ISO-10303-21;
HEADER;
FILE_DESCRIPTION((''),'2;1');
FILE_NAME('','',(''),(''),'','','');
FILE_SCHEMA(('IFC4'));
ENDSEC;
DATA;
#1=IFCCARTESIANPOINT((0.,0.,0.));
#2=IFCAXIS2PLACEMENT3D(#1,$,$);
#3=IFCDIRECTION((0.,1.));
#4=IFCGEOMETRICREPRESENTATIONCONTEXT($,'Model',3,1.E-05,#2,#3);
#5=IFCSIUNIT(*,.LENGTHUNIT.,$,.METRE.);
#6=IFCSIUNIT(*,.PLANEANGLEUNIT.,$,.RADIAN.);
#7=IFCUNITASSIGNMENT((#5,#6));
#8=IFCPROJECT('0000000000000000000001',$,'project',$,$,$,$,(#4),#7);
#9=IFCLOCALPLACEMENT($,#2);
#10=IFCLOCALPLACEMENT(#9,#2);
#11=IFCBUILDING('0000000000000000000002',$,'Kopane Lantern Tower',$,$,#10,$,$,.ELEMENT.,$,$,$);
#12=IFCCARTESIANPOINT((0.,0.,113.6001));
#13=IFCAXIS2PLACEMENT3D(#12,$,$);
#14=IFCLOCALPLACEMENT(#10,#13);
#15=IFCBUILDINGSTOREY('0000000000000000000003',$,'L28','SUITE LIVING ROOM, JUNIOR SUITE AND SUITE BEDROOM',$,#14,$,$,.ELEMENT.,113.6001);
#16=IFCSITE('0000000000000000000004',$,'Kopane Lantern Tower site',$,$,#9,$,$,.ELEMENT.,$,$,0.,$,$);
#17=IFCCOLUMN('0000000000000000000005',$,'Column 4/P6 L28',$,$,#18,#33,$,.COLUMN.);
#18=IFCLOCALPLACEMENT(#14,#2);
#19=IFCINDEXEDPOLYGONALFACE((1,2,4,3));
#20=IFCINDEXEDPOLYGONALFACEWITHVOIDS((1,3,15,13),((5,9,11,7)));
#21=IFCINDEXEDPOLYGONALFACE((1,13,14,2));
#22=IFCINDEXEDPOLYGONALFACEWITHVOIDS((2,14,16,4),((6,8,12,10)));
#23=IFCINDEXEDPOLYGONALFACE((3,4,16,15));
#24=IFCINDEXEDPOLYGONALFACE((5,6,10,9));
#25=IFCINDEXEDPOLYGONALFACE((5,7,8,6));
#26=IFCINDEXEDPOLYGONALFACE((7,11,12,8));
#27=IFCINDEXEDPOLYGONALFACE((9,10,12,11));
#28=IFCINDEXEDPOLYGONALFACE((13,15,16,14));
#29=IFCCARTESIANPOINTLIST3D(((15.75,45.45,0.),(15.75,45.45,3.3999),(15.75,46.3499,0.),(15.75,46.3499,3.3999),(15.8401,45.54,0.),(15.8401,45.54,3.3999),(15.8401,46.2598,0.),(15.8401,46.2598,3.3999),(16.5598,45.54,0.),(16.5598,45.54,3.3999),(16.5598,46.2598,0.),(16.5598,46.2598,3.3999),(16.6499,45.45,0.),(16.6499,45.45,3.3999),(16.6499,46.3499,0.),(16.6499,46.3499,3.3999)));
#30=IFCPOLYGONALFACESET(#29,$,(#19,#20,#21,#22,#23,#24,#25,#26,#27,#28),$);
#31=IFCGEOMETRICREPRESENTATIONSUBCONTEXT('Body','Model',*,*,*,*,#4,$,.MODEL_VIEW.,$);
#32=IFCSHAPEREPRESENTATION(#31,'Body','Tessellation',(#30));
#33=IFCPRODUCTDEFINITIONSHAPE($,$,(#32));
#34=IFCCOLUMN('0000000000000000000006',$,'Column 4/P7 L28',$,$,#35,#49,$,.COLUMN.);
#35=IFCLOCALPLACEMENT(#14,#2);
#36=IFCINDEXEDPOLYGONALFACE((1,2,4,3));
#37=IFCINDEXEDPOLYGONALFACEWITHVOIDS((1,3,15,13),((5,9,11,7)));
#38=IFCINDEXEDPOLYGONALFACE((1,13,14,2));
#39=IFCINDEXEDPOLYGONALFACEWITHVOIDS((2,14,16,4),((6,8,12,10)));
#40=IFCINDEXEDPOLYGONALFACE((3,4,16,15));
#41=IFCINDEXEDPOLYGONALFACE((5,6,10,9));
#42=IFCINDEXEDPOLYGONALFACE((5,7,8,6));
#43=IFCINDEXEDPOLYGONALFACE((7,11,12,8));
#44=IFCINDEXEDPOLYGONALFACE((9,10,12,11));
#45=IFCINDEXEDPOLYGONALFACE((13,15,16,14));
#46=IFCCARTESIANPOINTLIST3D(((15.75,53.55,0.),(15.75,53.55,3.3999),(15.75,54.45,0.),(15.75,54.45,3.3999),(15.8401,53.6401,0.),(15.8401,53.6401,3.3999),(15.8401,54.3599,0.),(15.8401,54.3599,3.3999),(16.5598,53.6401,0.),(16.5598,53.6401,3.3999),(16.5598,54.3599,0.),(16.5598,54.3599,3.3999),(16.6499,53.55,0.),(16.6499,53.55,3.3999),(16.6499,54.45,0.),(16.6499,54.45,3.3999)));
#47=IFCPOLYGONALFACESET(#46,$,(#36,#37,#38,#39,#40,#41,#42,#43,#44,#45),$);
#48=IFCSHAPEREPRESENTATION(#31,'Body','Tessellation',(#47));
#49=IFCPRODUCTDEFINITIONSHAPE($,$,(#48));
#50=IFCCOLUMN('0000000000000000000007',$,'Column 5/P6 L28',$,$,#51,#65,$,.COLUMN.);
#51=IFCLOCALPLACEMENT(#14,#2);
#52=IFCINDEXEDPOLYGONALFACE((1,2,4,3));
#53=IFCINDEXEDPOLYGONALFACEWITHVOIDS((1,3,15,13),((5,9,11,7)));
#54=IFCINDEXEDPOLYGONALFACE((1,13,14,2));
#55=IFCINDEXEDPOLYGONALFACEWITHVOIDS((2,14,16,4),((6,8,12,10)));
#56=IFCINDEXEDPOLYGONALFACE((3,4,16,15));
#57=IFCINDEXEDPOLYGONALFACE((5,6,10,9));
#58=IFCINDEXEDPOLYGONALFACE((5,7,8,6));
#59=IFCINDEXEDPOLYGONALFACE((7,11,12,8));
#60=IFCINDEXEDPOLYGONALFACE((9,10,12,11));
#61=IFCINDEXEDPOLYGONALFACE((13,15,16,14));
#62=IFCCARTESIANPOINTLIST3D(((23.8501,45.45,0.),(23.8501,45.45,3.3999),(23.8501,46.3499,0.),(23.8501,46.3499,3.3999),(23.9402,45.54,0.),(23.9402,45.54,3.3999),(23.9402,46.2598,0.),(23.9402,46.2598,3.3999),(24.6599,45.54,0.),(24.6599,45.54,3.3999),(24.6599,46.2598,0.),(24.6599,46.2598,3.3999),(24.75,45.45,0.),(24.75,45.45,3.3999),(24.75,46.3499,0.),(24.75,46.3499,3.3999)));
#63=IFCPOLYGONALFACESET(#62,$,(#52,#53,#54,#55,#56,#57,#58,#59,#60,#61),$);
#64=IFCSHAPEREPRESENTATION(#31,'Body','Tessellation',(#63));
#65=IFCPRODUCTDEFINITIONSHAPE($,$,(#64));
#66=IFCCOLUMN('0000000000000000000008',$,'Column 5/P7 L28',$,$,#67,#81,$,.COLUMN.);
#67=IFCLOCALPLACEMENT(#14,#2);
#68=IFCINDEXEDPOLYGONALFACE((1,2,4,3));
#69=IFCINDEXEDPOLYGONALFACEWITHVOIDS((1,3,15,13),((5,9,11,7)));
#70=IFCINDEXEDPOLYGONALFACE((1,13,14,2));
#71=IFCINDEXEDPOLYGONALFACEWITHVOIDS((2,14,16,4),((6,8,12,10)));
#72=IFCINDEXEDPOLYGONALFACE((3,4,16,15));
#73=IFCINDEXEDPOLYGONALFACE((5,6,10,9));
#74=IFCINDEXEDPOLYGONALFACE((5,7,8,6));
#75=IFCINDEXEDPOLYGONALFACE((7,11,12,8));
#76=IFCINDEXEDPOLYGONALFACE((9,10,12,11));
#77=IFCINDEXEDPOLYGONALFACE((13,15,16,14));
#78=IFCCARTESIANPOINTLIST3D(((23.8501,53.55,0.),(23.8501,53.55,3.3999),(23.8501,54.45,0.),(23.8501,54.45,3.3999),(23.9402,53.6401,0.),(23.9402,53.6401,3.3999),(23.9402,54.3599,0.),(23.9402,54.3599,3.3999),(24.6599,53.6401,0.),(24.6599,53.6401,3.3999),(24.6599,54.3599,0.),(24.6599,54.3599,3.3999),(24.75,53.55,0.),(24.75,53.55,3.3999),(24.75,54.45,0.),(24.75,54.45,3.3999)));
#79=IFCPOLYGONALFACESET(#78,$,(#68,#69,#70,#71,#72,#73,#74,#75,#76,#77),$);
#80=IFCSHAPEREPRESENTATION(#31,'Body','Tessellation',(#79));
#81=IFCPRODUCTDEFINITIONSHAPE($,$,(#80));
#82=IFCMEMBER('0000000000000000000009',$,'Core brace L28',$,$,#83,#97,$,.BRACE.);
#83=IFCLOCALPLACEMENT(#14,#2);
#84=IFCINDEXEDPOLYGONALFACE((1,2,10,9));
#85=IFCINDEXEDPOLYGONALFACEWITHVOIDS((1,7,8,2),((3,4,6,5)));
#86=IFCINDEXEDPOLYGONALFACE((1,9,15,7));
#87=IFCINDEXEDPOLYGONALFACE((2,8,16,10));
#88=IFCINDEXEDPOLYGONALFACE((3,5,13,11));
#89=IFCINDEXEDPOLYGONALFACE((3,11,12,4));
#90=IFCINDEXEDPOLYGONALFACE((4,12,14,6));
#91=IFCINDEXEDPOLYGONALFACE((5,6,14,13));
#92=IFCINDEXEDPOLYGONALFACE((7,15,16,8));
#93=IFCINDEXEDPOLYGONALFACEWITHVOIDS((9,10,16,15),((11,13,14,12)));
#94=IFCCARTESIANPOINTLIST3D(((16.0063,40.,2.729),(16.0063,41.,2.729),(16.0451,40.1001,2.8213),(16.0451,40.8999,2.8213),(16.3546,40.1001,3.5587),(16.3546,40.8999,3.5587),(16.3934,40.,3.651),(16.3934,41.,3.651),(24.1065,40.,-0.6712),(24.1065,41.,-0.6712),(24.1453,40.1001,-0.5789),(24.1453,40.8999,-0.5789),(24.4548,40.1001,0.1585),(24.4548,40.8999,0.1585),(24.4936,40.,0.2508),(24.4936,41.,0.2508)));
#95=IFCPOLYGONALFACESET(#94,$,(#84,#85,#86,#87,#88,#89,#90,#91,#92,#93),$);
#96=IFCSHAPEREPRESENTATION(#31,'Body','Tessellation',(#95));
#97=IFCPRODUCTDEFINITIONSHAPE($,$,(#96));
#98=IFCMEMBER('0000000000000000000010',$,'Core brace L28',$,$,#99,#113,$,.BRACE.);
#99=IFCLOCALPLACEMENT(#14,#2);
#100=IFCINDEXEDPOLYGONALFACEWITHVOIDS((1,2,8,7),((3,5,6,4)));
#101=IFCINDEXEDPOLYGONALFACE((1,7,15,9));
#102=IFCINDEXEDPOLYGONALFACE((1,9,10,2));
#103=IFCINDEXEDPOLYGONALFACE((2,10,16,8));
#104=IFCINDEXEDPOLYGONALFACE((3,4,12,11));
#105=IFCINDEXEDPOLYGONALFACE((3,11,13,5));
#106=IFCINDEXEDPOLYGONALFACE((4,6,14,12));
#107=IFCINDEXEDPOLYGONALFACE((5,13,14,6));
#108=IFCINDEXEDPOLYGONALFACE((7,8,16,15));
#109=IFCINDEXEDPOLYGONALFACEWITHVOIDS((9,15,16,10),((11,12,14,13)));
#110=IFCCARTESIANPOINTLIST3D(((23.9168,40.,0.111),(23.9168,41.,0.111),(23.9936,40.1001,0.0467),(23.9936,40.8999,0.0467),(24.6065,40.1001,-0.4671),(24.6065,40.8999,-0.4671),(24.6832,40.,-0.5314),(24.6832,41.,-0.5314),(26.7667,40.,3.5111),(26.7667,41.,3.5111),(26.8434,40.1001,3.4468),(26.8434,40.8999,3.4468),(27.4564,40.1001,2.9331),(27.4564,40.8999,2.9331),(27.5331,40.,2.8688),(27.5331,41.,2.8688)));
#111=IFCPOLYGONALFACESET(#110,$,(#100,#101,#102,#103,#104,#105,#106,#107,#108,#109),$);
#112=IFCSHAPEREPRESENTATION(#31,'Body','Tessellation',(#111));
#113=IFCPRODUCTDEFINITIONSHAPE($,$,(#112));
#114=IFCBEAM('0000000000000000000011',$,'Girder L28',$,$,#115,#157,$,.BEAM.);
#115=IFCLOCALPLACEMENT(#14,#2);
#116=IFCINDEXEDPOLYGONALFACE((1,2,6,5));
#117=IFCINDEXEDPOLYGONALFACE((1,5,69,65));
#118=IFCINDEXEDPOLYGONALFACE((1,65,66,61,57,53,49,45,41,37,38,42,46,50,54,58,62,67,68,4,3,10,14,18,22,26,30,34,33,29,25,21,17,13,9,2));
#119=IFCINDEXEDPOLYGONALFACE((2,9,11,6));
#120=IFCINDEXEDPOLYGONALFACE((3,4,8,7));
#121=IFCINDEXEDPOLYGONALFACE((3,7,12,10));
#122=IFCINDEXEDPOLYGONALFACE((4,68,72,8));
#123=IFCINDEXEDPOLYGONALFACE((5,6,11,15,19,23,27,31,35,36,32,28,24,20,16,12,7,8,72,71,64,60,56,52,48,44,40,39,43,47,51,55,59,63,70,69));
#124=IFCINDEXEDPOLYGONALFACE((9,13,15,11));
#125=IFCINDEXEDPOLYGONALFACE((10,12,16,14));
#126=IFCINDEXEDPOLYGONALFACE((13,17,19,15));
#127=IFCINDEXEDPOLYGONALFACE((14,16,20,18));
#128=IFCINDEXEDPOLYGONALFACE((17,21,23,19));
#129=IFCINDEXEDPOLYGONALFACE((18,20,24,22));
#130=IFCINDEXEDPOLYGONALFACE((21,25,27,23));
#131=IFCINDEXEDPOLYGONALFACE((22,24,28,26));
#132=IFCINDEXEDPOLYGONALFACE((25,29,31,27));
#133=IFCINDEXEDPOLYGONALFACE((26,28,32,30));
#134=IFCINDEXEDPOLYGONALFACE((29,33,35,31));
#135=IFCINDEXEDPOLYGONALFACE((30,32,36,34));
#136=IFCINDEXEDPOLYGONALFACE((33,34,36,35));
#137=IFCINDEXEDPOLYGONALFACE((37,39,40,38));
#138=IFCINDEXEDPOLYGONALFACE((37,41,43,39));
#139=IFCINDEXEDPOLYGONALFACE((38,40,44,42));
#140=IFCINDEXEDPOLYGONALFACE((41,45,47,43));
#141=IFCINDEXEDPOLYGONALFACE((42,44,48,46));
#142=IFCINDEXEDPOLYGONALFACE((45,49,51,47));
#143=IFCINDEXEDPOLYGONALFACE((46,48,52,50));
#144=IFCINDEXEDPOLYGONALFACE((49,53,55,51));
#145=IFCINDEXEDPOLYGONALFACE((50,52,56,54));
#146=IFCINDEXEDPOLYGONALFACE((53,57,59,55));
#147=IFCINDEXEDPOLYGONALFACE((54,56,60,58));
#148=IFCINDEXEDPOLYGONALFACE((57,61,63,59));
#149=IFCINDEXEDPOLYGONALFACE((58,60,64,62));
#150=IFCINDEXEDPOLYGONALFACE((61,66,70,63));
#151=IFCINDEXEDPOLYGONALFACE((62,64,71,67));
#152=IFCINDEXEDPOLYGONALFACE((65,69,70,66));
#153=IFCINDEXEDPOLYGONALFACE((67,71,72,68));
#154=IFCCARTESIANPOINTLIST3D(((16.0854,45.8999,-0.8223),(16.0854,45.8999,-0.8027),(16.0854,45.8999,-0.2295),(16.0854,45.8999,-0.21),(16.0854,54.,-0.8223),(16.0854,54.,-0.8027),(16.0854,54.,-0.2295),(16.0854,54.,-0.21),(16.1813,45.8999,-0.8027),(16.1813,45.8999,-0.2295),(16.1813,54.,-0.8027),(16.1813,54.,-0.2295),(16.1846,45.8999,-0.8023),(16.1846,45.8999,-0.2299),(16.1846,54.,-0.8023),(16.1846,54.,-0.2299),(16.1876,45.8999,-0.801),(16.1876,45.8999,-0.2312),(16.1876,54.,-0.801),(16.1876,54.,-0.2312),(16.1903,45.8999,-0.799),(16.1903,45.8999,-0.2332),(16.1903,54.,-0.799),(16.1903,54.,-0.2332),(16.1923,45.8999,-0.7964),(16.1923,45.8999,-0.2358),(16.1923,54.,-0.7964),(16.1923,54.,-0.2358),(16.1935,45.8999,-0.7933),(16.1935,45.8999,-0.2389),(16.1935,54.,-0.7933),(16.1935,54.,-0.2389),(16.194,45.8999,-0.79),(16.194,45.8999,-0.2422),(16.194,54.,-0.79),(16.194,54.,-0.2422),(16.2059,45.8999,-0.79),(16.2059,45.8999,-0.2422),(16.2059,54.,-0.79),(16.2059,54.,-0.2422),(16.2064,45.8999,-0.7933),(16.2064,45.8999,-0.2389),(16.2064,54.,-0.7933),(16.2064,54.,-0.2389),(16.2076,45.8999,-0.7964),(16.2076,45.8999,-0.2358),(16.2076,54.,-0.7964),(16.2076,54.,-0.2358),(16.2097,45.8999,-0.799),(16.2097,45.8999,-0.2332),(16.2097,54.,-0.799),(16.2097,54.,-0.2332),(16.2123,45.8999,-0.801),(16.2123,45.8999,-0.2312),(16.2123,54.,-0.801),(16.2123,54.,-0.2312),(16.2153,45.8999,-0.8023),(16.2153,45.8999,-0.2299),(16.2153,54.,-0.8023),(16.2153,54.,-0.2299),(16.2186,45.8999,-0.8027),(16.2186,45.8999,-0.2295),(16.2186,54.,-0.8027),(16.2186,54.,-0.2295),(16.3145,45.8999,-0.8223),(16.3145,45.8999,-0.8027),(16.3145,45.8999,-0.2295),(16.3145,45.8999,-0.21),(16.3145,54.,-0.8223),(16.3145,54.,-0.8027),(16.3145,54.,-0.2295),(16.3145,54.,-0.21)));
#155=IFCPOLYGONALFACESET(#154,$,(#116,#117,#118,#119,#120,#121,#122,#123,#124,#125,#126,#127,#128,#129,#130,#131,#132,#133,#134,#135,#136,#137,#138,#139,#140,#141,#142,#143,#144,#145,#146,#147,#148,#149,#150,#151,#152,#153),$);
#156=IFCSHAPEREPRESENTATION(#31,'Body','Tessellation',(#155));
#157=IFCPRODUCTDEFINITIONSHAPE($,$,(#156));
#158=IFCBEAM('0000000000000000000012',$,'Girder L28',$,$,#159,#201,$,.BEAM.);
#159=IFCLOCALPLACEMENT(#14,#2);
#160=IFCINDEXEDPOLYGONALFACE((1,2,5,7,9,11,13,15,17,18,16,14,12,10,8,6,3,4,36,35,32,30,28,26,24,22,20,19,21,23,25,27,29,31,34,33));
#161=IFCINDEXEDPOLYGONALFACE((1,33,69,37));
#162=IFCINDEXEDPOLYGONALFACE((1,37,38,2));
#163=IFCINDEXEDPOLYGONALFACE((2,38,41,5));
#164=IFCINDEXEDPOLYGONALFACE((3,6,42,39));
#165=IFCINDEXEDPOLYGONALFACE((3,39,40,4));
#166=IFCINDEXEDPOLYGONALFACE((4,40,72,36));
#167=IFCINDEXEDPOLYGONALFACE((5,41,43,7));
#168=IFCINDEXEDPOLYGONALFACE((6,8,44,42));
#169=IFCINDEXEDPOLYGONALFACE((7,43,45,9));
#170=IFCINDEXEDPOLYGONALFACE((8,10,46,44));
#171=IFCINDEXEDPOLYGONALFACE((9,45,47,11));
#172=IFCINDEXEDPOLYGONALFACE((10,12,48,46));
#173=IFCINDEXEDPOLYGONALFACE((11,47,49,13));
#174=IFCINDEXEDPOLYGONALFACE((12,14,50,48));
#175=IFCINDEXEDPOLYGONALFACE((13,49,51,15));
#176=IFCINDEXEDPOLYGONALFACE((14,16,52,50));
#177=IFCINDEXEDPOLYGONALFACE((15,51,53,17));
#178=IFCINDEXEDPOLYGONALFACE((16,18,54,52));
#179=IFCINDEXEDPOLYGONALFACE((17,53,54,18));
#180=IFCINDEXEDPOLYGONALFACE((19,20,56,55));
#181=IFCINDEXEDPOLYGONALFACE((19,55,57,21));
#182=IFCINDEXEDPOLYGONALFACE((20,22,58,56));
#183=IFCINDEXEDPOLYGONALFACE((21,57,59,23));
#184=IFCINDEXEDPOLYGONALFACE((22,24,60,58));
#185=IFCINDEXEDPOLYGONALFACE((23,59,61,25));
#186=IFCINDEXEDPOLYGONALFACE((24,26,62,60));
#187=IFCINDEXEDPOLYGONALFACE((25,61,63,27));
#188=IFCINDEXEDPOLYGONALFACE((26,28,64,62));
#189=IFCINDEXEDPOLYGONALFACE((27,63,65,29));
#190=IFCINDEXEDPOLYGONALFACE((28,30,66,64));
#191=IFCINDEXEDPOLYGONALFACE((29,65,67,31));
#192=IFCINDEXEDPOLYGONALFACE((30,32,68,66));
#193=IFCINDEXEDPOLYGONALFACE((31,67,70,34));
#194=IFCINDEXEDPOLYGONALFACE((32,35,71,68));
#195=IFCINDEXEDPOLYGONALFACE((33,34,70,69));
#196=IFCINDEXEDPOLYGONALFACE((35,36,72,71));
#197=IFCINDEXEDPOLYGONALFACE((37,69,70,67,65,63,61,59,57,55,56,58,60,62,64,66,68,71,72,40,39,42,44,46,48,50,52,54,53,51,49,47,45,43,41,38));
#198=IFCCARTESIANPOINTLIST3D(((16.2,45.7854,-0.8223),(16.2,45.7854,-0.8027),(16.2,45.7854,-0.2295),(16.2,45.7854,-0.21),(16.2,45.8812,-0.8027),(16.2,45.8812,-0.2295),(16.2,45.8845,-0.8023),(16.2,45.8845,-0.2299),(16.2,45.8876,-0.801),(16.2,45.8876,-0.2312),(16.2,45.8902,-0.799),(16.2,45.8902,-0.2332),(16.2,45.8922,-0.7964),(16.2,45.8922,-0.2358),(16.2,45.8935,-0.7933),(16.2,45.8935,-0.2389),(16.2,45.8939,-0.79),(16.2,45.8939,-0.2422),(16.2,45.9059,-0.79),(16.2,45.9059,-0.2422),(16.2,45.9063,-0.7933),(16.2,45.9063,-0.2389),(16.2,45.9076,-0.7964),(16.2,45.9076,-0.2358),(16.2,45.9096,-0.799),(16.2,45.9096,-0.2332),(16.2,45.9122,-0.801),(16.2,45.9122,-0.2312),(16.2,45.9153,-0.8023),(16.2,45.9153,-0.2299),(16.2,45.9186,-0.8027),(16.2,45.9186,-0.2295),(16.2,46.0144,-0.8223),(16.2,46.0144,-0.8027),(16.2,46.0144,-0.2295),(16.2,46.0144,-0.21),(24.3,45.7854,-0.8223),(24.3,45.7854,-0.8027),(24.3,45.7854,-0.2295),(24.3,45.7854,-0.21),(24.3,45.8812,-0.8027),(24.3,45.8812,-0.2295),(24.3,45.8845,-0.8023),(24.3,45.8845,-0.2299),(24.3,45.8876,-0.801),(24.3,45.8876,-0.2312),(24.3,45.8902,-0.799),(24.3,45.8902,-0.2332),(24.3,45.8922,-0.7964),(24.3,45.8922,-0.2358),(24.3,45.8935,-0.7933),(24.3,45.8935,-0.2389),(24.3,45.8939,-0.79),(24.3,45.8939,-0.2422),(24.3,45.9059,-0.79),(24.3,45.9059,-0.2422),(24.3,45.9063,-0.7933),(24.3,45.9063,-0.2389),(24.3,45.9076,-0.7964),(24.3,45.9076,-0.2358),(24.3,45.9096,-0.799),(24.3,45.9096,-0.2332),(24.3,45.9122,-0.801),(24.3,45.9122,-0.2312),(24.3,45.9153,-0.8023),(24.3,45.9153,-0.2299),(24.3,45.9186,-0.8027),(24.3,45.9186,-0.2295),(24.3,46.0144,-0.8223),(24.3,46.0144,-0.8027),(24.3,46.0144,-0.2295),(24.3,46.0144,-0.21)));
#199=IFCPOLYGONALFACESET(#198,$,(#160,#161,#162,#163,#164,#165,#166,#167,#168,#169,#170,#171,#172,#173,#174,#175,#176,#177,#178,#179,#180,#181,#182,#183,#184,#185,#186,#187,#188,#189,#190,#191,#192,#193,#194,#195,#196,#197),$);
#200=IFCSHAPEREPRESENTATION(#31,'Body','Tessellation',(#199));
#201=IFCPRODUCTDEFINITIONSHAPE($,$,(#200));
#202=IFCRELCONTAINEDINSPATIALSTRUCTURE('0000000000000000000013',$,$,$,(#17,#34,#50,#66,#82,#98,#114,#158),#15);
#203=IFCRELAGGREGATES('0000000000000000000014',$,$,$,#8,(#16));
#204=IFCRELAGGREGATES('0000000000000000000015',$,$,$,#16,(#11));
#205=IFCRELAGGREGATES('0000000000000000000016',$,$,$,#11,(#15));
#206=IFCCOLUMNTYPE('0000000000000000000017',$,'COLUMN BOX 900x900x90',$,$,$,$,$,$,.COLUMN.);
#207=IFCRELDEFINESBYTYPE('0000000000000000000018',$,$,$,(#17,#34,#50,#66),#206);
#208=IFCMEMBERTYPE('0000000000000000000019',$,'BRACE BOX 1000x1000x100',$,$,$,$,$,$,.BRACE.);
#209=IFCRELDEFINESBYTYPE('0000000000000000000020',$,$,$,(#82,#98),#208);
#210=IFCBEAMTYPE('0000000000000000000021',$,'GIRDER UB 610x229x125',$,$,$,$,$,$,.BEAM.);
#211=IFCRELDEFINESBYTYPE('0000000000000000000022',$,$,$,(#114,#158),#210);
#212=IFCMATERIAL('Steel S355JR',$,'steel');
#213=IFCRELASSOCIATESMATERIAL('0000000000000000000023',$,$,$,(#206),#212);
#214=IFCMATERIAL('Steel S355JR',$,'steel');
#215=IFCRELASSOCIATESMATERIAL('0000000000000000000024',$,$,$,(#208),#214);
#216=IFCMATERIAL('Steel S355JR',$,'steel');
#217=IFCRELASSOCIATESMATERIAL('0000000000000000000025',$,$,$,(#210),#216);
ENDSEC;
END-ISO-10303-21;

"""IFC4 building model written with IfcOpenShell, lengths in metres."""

from ifc_helpers import new_model, si_unit, direction, frame, origin, origin_2d, place, context, subcontext, project, spatial, hollow_rectangle, i_section, extrude, material, material_profile, profile_set, type_object, element, save


model = new_model("IFC4")

# Units and contexts
model_context = context("Model", 3, precision=1e-05, world=origin(), true_north=direction((0.0, 1.0)))
body_context = subcontext(model_context, "Body", "Model", "MODEL_VIEW")
ifc_project = project(units=[si_unit("LENGTHUNIT", "METRE"), si_unit("PLANEANGLEUNIT", "RADIAN")], contexts=[model_context])

# Site, building, storey
site_placement = place(None, origin())
site = spatial("IfcSite", under=ifc_project, at=site_placement, Name="Kopane Lantern Tower site", CompositionType="ELEMENT", RefElevation=0.0)
building_placement = place(site_placement, origin())
building = spatial("IfcBuilding", under=site, at=building_placement, Name="Kopane Lantern Tower", CompositionType="ELEMENT")
storey_placement = place(building_placement, frame((0.0, 0.0, 113.6001)))
storey = spatial("IfcBuildingStorey", under=building, at=storey_placement, Name="L28", Description="SUITE LIVING ROOM, JUNIOR SUITE AND SUITE BEDROOM", CompositionType="ELEMENT", Elevation=113.6001)

# Columns
ifc_material_1 = material(Name="Steel S355JR", Category="steel")
ifc_material_profile_1 = material_profile(ifc_material_1, hollow_rectangle(XDim=0.8999, YDim=0.8999, WallThickness=0.0901, at=origin_2d()), Name="BOX 900x900x90")
ifc_profile_set_1 = profile_set([ifc_material_profile_1], Name="Steel S355JR")
column_type = type_object("IfcColumnType", Name="COLUMN BOX 900x900x90", PredefinedType="COLUMN", material=ifc_profile_set_1)
for number, where, z_axis, x_axis, name in (
    (1, (16.2, 45.8999, 0.0), (0.0, 0.0, 1.0), (1.0, 0.0, 0.0), "Column 4/P6 L28"),
    (2, (16.2, 54.0, 0.0), (0.0, 0.0, 1.0), (1.0, 0.0, 0.0), "Column 4/P7 L28"),
    (3, (24.3, 45.8999, 0.0), (0.0, 0.0, 1.0), (1.0, 0.0, 0.0), "Column 5/P6 L28"),
    (4, (24.3, 54.0, 0.0), (0.0, 0.0, 1.0), (1.0, 0.0, 0.0), "Column 5/P7 L28"),
):
    element("IfcColumn", number, at=place(storey_placement, frame(where, z_axis=z_axis, x_axis=x_axis)), inside=storey, type_object=column_type, Name=name, PredefinedType="COLUMN", context=body_context, shape_type="SweptSolid", body=[
        extrude(hollow_rectangle(XDim=0.8999, YDim=0.8999, WallThickness=0.0901, at=origin_2d()), origin(), (0.0, 0.0, 1.0), 3.3999),
    ])

# Members
ifc_material_2 = material(Name="Steel S355JR", Category="steel")
ifc_material_profile_2 = material_profile(ifc_material_2, hollow_rectangle(XDim=1.0, YDim=1.0, WallThickness=0.1001, at=origin_2d()), Name="BOX 1000x1000x100")
ifc_profile_set_2 = profile_set([ifc_material_profile_2], Name="Steel S355JR")
member_type = type_object("IfcMemberType", Name="BRACE BOX 1000x1000x100", PredefinedType="BRACE", material=ifc_profile_set_2)
member_1_placement = place(storey_placement, frame((24.3, 40.5, -0.2102), z_axis=(-0.922059, 0.0, 0.387049), x_axis=(0.0, -1.0, 0.0)))
element("IfcMember", 5, at=member_1_placement, inside=storey, type_object=member_type, Name="Core brace L28", PredefinedType="BRACE", context=body_context, shape_type="SweptSolid", body=[
    extrude(hollow_rectangle(XDim=1.0, YDim=1.0, WallThickness=0.1001, at=origin_2d()), origin(), (0.0, 0.0, 1.0), 8.7849),
])
member_2_placement = place(storey_placement, frame((24.3, 40.5, -0.2102), z_axis=(0.642363, 0.0, 0.7664), x_axis=(0.0, 1.0, 0.0)))
element("IfcMember", 6, at=member_2_placement, inside=storey, type_object=member_type, Name="Core brace L28", PredefinedType="BRACE", context=body_context, shape_type="SweptSolid", body=[
    extrude(hollow_rectangle(XDim=1.0, YDim=1.0, WallThickness=0.1001, at=origin_2d()), origin(), (0.0, 0.0, 1.0), 4.4365),
])

# Beams
ifc_material_3 = material(Name="Steel S355JR", Category="steel")
ifc_material_profile_3 = material_profile(ifc_material_3, i_section(OverallWidth=0.229, OverallDepth=0.6123, WebThickness=0.012, FlangeThickness=0.0195, FilletRadius=0.0127, at=origin_2d()), Name="UB 610x229x125")
ifc_profile_set_3 = profile_set([ifc_material_profile_3], Name="Steel S355JR")
beam_type = type_object("IfcBeamType", Name="GIRDER UB 610x229x125", PredefinedType="BEAM", material=ifc_profile_set_3)
for number, where, z_axis, x_axis, name in (
    (7, (16.2, 45.8999, -0.5161), (0.0, 1.0, 0.0), (-1.0, 0.0, 0.0), "Girder L28"),
    (8, (16.2, 45.8999, -0.5161), (1.0, 0.0, 0.0), (0.0, 1.0, 0.0), "Girder L28"),
):
    element("IfcBeam", number, at=place(storey_placement, frame(where, z_axis=z_axis, x_axis=x_axis)), inside=storey, type_object=beam_type, Name=name, PredefinedType="BEAM", context=body_context, shape_type="SweptSolid", body=[
        extrude(i_section(OverallWidth=0.229, OverallDepth=0.6123, WebThickness=0.012, FlangeThickness=0.0195, FilletRadius=0.0127, at=origin_2d()), origin(), (0.0, 0.0, 1.0), 8.1001),
    ])

save(model, "model.ifc")
